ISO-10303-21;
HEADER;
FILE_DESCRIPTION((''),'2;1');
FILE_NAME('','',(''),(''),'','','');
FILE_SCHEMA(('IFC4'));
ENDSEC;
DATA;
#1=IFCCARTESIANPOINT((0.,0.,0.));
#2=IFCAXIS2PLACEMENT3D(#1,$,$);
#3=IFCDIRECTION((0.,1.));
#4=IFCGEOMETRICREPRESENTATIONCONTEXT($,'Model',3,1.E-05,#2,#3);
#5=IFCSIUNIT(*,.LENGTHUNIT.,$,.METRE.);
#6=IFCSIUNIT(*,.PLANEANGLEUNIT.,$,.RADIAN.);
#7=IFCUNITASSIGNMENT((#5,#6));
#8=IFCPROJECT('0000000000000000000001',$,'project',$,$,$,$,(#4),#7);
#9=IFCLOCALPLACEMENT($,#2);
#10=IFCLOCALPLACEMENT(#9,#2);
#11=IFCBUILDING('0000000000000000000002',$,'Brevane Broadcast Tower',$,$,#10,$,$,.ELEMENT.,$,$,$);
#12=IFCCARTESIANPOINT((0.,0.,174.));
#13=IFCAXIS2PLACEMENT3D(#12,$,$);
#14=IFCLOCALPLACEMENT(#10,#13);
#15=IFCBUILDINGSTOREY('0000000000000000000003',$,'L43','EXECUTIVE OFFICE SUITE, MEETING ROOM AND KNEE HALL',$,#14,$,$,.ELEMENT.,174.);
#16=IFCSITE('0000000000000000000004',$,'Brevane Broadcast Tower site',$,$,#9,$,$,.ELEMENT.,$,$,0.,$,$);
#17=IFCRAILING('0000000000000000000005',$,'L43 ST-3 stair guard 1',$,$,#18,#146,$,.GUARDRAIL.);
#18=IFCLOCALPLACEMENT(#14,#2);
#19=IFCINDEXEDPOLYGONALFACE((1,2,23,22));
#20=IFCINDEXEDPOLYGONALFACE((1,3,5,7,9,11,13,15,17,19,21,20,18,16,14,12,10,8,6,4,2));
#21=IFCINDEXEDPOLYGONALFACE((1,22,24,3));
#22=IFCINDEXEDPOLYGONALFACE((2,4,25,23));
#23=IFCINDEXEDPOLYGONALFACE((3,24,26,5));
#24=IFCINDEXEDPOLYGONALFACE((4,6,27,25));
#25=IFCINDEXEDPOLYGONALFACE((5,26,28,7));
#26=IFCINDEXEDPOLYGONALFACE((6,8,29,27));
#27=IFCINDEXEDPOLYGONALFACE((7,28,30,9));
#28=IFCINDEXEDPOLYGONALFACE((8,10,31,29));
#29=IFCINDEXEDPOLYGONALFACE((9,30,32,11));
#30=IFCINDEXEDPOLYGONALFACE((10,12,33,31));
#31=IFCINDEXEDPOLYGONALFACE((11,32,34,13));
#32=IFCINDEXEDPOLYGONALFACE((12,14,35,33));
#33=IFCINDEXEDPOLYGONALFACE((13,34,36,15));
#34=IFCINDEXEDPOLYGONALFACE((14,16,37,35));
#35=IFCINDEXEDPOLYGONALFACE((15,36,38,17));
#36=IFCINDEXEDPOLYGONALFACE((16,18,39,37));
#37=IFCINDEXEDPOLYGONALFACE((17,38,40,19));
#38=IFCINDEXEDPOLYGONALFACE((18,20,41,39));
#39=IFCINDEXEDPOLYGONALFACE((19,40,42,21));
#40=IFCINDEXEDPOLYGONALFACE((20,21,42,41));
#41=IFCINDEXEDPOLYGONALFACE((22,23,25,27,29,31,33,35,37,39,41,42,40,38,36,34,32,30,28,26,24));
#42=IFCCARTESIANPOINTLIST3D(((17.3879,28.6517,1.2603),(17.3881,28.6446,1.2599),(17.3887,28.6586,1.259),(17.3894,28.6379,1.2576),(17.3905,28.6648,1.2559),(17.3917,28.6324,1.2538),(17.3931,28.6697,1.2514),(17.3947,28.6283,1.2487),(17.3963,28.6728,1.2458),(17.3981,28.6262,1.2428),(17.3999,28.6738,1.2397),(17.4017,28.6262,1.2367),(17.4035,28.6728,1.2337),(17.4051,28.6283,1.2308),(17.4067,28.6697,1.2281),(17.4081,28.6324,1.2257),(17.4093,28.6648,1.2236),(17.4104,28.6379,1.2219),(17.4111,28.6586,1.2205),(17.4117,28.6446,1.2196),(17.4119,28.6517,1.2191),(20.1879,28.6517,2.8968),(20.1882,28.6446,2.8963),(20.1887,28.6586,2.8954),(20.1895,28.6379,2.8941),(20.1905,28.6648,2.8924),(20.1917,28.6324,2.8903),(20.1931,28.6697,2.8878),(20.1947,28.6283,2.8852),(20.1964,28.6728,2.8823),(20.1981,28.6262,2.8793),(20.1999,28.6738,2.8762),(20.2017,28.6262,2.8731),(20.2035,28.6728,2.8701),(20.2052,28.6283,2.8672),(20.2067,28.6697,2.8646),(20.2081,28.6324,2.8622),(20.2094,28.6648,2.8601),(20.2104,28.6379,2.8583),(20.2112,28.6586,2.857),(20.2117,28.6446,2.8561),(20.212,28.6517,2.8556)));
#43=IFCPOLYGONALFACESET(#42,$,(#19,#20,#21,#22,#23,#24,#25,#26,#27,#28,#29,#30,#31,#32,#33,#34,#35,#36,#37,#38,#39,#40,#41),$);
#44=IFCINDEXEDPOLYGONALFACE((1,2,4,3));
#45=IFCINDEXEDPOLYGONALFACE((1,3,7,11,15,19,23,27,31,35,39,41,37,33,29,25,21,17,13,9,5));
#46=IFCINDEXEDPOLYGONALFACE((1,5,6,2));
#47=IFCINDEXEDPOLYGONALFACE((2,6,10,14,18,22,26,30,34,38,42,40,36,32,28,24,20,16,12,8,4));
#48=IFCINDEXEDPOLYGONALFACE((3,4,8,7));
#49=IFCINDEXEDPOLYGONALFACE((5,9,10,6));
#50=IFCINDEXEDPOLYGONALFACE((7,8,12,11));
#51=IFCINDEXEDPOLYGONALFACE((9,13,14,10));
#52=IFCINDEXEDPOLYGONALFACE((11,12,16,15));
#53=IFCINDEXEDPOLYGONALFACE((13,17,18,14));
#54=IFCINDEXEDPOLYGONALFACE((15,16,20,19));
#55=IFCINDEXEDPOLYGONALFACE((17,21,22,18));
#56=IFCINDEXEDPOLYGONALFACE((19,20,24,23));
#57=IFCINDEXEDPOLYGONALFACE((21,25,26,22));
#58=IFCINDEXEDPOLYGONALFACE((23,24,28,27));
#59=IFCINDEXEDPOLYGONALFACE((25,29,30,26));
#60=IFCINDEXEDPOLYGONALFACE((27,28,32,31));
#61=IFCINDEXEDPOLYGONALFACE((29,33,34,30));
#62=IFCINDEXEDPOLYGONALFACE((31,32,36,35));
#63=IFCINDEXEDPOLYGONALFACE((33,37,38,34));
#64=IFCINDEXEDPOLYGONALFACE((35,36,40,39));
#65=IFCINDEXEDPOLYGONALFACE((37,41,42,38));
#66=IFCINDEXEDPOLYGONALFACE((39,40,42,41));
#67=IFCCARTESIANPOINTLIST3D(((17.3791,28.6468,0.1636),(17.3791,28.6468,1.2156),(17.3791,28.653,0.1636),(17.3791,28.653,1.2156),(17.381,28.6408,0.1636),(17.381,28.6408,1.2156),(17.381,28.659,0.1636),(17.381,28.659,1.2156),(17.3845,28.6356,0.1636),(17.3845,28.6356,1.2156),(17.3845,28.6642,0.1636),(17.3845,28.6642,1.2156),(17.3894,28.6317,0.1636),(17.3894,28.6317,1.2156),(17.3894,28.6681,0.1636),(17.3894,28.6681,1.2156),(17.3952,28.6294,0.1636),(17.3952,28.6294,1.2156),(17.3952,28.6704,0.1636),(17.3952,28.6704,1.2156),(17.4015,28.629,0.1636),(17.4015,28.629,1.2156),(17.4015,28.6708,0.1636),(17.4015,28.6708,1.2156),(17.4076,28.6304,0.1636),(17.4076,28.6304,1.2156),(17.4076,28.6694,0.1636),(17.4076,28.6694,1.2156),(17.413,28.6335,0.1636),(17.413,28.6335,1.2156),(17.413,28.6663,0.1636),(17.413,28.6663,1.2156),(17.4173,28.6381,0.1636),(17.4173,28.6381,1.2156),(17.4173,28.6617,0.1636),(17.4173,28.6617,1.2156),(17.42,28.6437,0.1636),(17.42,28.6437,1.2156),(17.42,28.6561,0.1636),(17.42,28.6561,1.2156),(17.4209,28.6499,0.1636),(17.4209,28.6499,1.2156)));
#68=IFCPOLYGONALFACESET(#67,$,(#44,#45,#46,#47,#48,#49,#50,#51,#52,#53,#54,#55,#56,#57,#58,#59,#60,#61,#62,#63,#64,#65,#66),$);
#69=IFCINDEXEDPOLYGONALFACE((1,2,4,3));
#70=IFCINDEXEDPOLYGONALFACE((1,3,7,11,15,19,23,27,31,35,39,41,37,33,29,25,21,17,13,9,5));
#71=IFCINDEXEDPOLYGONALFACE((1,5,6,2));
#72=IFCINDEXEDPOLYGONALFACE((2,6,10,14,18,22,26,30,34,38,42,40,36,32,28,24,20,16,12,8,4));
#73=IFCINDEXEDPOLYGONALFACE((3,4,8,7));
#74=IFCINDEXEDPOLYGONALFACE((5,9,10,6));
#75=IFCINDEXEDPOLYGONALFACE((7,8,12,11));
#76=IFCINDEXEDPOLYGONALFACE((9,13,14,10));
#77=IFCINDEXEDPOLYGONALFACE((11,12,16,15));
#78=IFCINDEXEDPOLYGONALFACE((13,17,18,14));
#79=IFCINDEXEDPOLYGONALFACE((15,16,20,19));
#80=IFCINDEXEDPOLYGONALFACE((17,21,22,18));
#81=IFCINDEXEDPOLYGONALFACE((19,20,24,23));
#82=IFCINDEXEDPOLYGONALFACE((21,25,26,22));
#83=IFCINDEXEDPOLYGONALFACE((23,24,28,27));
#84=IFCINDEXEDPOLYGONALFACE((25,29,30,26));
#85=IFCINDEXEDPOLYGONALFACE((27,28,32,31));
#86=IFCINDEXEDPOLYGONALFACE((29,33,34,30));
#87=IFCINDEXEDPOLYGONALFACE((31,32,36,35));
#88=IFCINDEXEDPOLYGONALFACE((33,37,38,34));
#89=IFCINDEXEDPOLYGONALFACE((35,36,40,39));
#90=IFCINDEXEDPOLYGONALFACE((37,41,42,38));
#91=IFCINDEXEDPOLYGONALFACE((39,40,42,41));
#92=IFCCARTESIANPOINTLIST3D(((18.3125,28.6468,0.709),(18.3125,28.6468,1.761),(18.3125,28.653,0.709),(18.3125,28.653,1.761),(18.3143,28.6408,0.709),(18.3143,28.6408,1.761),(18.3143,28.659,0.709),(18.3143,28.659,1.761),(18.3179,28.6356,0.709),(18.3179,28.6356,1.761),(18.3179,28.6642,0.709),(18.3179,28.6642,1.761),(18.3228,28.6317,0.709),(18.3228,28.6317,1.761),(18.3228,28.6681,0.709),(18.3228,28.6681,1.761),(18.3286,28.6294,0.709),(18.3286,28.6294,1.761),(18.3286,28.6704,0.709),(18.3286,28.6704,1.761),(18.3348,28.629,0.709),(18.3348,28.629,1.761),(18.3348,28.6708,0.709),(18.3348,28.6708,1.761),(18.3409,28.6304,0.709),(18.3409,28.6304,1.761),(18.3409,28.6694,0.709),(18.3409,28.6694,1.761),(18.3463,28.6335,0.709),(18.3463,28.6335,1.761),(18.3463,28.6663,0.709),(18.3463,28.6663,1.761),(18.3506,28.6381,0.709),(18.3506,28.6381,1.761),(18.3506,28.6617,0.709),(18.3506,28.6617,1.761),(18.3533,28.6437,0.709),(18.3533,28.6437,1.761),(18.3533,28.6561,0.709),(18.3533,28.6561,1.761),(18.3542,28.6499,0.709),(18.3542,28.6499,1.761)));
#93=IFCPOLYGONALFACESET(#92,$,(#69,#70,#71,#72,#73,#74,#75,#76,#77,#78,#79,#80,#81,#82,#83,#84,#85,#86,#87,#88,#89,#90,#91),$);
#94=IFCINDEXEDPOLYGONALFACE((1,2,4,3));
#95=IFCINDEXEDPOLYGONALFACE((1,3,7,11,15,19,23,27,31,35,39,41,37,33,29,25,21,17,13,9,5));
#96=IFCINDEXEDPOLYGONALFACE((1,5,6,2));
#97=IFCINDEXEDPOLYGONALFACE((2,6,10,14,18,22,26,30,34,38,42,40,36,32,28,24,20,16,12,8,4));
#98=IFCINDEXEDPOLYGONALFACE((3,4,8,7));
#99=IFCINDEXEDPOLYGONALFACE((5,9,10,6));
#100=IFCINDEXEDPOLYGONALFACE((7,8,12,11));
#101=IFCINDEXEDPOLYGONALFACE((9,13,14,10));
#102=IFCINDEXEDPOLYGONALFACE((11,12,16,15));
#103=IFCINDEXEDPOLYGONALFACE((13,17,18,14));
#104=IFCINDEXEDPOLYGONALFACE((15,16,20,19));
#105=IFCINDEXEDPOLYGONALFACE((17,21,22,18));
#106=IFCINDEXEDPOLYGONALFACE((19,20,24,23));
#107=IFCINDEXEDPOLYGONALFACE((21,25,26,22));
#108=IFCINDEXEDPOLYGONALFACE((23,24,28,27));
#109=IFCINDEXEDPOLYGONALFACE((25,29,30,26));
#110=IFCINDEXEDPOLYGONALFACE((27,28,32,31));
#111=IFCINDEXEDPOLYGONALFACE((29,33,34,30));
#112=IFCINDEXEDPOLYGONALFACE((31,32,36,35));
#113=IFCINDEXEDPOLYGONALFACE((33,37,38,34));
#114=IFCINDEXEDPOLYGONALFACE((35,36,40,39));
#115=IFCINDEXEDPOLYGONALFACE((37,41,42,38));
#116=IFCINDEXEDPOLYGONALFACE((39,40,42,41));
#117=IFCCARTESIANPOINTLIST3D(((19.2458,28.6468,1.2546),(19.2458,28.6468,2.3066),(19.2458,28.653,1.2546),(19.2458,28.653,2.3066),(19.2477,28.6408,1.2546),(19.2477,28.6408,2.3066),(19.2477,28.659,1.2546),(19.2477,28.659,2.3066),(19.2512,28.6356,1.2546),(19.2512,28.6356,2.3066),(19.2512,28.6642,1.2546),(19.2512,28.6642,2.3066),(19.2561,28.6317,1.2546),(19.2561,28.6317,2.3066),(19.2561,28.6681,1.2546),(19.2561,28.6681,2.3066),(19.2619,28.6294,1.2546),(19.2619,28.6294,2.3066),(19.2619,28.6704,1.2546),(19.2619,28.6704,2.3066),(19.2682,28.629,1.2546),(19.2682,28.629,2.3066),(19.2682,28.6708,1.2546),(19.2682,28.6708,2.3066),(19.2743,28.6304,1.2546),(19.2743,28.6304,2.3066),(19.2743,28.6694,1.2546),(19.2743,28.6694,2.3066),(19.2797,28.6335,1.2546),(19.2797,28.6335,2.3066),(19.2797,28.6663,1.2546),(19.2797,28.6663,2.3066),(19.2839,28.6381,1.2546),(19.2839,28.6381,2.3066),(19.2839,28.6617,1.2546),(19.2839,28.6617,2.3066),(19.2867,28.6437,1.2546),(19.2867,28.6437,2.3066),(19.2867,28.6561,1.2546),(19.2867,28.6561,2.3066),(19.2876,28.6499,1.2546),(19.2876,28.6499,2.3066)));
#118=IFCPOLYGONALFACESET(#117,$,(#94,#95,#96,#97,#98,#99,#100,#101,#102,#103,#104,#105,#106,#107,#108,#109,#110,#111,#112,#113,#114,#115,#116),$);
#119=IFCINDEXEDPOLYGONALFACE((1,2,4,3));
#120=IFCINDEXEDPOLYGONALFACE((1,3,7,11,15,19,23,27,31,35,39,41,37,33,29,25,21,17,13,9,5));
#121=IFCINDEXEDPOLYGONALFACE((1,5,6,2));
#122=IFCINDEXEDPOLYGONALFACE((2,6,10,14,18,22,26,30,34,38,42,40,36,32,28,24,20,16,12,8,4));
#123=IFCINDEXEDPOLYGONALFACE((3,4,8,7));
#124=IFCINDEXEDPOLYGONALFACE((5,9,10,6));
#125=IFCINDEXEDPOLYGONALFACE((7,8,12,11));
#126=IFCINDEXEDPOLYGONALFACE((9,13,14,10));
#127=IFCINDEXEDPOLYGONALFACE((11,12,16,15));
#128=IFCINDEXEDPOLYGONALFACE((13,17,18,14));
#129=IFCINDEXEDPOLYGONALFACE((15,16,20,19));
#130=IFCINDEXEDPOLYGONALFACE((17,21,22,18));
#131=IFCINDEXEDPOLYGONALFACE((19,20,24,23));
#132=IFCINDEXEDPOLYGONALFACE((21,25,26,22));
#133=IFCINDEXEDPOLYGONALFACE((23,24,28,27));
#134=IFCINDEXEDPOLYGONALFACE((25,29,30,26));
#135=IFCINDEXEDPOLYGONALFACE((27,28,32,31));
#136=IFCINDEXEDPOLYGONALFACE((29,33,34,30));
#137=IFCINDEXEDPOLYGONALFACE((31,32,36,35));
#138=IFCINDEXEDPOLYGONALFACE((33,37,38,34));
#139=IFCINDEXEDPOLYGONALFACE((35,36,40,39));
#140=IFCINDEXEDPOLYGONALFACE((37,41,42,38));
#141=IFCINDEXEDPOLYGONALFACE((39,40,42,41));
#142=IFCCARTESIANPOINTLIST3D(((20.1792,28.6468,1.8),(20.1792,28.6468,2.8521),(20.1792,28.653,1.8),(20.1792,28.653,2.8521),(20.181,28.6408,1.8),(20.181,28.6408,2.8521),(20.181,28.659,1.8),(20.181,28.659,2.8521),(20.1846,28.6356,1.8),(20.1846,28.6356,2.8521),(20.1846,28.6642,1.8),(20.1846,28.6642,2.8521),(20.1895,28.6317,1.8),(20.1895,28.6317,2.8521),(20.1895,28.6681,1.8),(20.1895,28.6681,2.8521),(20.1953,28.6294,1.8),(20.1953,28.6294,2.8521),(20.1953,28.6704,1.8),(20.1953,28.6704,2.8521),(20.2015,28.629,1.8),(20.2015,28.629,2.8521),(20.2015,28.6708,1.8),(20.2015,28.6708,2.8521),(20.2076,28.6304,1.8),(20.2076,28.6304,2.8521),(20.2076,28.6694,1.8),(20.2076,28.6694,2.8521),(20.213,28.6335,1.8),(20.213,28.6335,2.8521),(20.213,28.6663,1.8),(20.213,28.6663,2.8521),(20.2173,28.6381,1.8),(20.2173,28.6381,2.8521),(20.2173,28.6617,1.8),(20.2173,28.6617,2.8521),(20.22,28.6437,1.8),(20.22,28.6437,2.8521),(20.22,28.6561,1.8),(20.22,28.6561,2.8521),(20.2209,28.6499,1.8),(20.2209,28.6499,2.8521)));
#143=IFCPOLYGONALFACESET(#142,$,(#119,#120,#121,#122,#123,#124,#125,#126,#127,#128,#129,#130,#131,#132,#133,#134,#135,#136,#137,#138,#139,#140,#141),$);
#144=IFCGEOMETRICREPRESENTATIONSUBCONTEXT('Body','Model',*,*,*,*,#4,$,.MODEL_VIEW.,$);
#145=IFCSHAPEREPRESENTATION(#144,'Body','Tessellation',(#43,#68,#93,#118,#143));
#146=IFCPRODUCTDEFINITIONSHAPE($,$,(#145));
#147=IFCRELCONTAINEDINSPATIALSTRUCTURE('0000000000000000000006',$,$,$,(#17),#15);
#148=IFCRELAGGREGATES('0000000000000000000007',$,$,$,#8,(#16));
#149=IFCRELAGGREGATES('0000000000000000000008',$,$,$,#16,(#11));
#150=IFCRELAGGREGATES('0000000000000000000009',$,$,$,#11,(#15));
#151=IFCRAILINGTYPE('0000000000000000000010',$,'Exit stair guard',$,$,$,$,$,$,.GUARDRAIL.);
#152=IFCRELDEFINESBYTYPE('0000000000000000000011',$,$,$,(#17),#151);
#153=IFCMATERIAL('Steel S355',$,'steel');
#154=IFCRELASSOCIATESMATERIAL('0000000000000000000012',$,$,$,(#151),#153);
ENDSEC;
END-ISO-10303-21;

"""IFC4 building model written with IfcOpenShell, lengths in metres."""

from ifc_helpers import new_model, si_unit, direction, frame, origin, origin_2d, place, context, subcontext, project, spatial, circle, extrude, material, type_object, element, save


model = new_model("IFC4")

# Units and contexts
model_context = context("Model", 3, precision=1e-05, world=origin(), true_north=direction((0.0, 1.0)))
body_context = subcontext(model_context, "Body", "Model", "MODEL_VIEW")
ifc_project = project(units=[si_unit("LENGTHUNIT", "METRE"), si_unit("PLANEANGLEUNIT", "RADIAN")], contexts=[model_context])

# Site, building, storey
site_placement = place(None, origin())
site = spatial("IfcSite", under=ifc_project, at=site_placement, Name="Brevane Broadcast Tower site", CompositionType="ELEMENT", RefElevation=0.0)
building_placement = place(site_placement, origin())
building = spatial("IfcBuilding", under=site, at=building_placement, Name="Brevane Broadcast Tower", CompositionType="ELEMENT")
storey_placement = place(building_placement, frame((0.0, 0.0, 174.0)))
storey = spatial("IfcBuildingStorey", under=building, at=storey_placement, Name="L43", Description="EXECUTIVE OFFICE SUITE, MEETING ROOM AND KNEE HALL", CompositionType="ELEMENT", Elevation=174.0)

# Railing
ifc_material_1 = material(Name="Steel S355", Category="steel")
railing_type_1 = type_object("IfcRailingType", Name="Exit stair guard", PredefinedType="GUARDRAIL", material=ifc_material_1)
railing_1_placement = place(storey_placement, frame((17.3999, 28.6499, 0.1636)))
element("IfcRailing", 1, at=railing_1_placement, inside=storey, type_object=railing_type_1, Name="L43 ST-3 stair guard 1", PredefinedType="GUARDRAIL", context=body_context, shape_type="SweptSolid", body=[
    extrude(circle(Radius=0.0239, at=origin_2d()), frame((0.0, 0.0, 1.0762), z_axis=(0.863361, 0.0, 0.504587), x_axis=(0.0, 1.0, 0.0)), (0.0, 0.0, 1.0), 3.2432),
    extrude(circle(Radius=0.021, at=origin_2d()), origin(), (0.0, 0.0, 1.0), 1.052),
    extrude(circle(Radius=0.021, at=origin_2d()), frame((0.9333, 0.0, 0.5454)), (0.0, 0.0, 1.0), 1.052),
    extrude(circle(Radius=0.021, at=origin_2d()), frame((1.8667, 0.0, 1.0911)), (0.0, 0.0, 1.0), 1.052),
    extrude(circle(Radius=0.021, at=origin_2d()), frame((2.8, 0.0, 1.6365)), (0.0, 0.0, 1.0), 1.052),
])

save(model, "model.ifc")
